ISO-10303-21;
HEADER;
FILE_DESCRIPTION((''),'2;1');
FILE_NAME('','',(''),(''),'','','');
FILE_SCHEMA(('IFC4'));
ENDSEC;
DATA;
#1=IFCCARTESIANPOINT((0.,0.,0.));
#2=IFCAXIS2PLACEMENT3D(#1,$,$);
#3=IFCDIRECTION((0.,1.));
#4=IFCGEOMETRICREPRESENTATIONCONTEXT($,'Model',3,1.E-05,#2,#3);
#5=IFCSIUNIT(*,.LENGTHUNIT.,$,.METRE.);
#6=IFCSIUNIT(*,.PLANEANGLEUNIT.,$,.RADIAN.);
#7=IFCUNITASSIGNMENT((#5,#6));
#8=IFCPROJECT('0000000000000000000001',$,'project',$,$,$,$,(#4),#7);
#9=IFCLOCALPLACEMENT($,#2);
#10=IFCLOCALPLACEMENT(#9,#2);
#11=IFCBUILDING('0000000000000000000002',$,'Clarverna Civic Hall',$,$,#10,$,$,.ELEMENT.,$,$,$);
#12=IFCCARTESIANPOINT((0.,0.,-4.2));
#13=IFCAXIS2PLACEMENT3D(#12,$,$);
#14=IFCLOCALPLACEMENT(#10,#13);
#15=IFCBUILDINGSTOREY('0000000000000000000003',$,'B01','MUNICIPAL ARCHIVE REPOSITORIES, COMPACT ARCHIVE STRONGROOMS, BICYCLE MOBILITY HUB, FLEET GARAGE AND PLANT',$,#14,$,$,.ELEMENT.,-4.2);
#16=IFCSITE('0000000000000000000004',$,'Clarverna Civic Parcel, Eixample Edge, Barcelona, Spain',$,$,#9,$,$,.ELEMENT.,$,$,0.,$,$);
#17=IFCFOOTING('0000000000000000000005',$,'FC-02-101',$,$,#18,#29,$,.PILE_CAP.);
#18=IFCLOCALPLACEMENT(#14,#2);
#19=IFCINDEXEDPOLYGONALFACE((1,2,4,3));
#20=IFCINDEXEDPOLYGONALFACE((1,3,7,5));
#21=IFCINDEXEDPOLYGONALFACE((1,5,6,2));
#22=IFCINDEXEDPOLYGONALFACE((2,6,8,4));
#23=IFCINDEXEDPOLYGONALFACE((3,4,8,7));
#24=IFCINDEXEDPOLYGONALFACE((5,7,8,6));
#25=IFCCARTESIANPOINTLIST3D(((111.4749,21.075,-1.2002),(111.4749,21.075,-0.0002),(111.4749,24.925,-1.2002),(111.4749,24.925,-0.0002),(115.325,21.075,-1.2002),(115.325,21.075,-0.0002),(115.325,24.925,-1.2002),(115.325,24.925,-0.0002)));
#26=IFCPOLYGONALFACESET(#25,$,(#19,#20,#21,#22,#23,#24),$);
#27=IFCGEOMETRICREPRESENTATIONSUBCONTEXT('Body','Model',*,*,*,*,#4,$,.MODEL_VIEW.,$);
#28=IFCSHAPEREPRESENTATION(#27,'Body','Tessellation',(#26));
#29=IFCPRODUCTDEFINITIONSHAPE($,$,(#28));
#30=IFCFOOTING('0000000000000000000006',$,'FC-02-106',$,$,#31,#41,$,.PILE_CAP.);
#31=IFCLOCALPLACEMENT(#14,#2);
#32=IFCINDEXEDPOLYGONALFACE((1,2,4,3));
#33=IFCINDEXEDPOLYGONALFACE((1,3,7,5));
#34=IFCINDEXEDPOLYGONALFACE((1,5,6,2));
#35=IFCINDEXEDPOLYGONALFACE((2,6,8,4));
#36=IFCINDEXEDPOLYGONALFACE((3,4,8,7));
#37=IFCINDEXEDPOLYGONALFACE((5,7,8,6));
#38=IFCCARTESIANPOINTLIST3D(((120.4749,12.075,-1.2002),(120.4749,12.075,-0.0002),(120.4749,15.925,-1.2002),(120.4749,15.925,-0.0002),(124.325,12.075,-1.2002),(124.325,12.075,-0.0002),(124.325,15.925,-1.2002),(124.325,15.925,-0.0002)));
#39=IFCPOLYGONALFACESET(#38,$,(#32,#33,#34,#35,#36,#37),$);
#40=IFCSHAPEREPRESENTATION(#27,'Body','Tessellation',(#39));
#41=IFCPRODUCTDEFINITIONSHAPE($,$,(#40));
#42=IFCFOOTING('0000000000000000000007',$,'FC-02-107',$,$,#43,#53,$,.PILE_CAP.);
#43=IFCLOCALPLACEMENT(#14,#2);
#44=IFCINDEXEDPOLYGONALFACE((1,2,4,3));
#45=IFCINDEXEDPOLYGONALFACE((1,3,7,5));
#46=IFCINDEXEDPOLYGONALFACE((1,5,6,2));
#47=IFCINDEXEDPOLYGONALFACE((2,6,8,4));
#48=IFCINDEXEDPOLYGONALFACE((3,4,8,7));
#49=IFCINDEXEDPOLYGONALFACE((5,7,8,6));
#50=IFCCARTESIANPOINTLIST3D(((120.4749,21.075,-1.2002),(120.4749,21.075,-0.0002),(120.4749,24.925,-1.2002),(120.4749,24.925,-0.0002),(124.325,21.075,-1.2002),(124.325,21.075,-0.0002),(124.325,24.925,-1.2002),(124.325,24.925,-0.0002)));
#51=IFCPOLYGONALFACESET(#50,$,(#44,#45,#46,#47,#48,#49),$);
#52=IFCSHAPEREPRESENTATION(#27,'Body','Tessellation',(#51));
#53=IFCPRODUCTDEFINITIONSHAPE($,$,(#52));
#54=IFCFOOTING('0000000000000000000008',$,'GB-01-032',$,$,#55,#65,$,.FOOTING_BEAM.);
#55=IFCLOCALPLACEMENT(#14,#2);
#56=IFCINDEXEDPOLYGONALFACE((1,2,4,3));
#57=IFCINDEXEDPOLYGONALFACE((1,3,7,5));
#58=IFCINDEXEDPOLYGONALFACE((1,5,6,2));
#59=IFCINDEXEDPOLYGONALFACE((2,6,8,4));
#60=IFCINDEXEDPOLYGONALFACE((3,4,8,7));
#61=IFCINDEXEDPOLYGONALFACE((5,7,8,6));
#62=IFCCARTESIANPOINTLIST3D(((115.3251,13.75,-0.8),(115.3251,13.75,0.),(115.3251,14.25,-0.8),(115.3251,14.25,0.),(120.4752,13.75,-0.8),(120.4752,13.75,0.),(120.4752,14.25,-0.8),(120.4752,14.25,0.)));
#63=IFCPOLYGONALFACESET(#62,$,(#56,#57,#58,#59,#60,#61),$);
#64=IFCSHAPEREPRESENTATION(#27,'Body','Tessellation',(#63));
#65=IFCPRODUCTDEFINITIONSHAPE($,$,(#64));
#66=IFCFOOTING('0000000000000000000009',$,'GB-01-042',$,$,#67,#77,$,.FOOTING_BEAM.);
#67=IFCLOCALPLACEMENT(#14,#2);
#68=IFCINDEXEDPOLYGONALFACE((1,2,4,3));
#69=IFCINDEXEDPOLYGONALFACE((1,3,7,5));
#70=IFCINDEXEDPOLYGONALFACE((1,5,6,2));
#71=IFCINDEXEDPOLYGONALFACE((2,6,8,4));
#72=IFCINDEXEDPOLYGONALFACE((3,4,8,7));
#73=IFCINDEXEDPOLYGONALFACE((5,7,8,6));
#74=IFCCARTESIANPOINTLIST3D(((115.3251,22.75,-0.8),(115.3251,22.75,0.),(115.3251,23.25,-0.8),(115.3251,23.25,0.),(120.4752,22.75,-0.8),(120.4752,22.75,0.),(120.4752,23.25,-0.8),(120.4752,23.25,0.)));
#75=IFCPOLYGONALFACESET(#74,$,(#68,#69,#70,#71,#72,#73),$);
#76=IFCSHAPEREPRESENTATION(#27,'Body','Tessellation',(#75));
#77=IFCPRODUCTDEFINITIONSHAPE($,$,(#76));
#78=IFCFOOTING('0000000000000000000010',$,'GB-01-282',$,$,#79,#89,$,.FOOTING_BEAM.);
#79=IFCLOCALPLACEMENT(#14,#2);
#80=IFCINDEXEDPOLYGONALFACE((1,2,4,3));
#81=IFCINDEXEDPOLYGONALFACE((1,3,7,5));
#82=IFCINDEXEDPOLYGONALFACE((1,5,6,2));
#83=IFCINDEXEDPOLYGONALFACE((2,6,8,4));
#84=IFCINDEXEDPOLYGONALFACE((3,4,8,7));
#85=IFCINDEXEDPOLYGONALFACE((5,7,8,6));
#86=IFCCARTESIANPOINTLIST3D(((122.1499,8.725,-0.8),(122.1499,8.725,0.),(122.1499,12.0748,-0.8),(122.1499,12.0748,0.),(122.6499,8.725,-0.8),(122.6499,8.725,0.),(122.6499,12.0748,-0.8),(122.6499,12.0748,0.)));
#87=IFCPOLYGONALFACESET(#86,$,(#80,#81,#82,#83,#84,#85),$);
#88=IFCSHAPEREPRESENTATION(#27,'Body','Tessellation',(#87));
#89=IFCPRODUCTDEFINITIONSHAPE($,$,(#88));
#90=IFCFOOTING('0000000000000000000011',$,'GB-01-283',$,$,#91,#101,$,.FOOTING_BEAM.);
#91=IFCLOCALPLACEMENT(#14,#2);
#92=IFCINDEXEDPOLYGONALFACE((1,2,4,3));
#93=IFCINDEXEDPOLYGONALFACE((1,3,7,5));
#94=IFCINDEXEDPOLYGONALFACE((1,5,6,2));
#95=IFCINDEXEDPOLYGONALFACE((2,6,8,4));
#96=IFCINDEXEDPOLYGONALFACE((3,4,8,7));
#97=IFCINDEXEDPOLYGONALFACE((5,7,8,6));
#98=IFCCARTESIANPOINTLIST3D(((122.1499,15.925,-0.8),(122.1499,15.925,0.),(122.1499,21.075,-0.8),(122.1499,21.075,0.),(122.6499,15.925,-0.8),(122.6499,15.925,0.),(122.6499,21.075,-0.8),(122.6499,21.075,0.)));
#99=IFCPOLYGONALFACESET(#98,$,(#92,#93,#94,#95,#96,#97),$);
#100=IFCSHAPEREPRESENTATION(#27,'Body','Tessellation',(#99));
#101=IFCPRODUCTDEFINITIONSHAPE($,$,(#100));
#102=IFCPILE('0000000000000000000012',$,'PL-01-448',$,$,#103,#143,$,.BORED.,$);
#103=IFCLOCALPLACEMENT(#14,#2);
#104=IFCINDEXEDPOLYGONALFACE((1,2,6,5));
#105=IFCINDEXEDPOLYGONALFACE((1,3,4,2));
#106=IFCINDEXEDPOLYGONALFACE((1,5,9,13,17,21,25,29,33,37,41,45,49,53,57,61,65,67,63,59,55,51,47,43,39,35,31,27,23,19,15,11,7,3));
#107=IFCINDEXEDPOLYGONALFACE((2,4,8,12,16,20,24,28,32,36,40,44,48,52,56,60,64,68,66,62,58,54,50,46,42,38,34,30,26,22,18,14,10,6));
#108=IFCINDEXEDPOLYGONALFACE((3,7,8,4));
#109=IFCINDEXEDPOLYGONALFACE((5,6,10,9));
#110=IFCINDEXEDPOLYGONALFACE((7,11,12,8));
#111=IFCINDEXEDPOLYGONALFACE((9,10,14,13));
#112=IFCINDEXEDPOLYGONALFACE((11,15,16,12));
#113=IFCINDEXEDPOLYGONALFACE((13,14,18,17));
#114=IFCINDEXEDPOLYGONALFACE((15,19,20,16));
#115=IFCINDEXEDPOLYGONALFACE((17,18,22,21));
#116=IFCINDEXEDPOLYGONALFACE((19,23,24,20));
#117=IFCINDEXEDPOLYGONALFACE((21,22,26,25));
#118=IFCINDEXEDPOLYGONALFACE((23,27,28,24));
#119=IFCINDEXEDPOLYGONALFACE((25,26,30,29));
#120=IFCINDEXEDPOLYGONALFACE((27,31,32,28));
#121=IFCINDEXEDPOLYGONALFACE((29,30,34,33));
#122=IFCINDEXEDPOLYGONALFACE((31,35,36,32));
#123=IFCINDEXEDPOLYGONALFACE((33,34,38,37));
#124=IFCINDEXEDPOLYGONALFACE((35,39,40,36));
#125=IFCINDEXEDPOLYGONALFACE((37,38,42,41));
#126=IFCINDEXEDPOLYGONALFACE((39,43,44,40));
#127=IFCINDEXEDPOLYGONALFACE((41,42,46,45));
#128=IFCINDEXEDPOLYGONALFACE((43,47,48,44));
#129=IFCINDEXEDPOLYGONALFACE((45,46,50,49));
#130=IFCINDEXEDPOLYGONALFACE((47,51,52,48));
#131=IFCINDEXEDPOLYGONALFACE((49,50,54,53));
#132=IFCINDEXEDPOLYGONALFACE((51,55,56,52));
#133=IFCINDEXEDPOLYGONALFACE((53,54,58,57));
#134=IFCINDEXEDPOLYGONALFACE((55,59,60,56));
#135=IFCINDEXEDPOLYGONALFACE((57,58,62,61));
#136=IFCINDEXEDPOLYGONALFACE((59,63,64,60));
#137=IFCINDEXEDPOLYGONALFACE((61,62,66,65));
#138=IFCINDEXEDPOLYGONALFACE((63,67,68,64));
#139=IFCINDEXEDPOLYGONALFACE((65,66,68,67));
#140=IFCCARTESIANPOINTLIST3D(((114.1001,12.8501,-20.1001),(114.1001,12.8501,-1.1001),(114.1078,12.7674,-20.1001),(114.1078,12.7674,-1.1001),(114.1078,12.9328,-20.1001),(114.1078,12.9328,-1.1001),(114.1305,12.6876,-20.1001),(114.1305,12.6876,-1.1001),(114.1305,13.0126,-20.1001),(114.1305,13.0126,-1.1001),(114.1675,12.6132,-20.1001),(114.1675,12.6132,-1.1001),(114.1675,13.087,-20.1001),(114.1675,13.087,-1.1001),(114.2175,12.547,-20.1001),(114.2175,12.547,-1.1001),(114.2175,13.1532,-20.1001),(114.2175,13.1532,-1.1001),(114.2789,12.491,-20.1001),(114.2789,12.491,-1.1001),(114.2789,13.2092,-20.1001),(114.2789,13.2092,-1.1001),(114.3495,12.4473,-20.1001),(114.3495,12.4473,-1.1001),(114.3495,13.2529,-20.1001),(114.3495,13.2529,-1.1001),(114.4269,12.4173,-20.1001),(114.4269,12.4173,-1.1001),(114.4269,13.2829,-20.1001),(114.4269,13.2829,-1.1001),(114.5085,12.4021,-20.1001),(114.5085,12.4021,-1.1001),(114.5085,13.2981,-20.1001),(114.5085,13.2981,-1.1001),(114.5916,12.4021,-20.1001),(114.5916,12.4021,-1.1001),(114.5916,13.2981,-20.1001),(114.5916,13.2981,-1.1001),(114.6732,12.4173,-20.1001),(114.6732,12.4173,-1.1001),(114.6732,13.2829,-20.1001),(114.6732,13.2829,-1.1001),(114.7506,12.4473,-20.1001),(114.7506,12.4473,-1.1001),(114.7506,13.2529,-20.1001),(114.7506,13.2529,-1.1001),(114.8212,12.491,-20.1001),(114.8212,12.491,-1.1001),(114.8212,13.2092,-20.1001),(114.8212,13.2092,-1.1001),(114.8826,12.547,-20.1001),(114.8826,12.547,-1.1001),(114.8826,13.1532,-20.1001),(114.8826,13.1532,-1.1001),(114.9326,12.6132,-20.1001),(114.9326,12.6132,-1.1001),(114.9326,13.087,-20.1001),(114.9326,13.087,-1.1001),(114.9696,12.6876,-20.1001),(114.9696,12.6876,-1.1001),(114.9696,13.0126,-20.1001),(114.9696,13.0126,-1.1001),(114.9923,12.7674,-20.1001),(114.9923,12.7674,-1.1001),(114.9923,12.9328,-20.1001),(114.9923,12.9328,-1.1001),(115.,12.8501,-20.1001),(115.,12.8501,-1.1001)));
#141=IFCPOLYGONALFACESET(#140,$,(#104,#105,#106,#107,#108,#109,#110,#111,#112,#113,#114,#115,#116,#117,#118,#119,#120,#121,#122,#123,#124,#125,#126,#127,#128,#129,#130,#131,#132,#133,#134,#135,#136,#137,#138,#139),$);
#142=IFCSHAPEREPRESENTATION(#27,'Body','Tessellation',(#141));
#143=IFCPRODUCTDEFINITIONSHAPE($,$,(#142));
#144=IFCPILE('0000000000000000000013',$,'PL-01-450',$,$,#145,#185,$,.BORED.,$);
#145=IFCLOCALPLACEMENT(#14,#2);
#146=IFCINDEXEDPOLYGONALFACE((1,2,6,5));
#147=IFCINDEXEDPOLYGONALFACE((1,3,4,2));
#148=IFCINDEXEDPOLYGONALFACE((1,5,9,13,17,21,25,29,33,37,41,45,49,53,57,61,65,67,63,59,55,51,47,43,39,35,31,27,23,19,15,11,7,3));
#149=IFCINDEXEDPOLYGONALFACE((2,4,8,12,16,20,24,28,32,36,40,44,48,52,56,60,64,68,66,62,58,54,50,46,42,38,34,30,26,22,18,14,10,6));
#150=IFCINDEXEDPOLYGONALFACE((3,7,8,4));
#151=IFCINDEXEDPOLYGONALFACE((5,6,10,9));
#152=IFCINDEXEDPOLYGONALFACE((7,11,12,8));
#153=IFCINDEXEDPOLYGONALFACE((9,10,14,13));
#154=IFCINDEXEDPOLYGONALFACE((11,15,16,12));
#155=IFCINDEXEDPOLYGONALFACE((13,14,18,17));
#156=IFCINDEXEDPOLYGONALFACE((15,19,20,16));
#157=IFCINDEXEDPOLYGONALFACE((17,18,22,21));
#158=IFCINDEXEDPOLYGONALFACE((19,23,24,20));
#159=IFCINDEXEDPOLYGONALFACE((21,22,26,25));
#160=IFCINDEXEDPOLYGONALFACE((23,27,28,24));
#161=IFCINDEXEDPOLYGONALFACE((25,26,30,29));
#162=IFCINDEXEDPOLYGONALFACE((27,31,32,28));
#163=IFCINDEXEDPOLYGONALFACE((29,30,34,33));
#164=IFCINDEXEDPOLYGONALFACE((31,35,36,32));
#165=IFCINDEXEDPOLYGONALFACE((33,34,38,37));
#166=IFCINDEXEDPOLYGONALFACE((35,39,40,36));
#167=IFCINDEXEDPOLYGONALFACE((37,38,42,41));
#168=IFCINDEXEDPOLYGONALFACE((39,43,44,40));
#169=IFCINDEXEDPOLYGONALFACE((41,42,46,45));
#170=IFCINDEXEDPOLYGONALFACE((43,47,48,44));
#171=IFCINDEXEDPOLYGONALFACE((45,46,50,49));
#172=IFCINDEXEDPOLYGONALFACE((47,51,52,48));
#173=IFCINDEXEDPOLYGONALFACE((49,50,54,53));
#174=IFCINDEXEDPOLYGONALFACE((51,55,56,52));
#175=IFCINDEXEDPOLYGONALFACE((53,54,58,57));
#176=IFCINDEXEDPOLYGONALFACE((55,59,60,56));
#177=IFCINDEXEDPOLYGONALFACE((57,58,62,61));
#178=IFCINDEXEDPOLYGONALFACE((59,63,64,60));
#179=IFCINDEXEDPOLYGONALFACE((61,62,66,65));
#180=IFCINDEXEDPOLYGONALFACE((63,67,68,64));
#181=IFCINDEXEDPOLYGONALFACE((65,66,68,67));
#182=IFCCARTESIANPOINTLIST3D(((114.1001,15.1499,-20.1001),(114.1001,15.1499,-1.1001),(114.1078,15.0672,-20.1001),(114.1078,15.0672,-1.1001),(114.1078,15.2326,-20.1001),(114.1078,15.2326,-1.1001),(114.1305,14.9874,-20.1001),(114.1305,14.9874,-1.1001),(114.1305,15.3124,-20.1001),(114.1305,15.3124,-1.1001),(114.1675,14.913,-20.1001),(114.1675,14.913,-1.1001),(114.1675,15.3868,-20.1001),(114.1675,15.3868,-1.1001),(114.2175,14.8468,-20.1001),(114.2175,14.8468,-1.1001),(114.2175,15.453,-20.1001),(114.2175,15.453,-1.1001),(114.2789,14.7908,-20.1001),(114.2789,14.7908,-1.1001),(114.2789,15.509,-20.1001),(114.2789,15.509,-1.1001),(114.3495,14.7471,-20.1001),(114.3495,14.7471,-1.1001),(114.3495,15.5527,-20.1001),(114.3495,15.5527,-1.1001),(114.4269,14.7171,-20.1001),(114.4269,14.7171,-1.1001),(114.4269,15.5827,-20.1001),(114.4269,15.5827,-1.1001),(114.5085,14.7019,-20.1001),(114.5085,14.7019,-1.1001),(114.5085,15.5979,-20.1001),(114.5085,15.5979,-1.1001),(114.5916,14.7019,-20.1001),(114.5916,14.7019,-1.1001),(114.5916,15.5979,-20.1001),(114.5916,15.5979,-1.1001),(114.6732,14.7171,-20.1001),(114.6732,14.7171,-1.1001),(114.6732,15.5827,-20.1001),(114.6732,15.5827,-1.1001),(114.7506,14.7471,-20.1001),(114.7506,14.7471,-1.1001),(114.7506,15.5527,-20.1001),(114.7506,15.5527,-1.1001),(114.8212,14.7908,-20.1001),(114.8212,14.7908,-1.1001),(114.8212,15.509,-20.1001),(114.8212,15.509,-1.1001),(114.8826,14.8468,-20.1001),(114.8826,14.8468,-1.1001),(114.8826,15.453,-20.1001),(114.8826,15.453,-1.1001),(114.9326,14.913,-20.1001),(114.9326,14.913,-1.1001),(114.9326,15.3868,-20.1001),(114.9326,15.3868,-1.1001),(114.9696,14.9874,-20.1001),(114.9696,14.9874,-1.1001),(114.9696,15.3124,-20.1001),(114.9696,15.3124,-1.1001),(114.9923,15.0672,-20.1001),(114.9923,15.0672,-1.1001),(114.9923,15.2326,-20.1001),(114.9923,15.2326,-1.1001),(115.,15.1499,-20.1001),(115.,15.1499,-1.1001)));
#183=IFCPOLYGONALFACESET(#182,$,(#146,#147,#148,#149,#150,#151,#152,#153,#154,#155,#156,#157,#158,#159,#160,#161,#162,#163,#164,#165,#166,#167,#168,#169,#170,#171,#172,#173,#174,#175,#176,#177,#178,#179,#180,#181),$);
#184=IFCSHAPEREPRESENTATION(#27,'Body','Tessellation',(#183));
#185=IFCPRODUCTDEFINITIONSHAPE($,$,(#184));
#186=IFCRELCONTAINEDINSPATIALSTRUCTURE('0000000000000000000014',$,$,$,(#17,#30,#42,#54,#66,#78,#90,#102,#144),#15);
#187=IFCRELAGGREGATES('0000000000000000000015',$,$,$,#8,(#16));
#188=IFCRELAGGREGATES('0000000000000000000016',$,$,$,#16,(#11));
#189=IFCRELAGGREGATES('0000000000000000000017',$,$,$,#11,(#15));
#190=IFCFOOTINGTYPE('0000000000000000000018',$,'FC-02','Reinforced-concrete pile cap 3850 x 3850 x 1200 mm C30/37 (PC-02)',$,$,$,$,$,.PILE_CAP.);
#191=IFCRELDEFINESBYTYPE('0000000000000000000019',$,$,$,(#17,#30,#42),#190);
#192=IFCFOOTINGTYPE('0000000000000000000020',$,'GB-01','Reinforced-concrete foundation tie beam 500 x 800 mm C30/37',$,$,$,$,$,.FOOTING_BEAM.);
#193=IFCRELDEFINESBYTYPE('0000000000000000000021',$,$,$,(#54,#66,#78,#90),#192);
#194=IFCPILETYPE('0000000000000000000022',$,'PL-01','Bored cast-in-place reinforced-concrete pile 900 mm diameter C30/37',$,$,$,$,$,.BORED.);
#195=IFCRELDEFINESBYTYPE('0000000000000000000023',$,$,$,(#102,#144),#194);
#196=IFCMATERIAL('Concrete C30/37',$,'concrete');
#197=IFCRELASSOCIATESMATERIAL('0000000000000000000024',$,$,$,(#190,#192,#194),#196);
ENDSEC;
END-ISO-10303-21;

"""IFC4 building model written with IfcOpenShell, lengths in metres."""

from ifc_helpers import new_model, si_unit, direction, frame, frame_2d, origin, origin_2d, place, context, subcontext, project, spatial, rectangle, circle, extrude, material, material_profile, profile_set, type_object, element, save


model = new_model("IFC4")

# Units and contexts
model_context = context("Model", 3, precision=1e-05, world=origin(), true_north=direction((0.0, 1.0)))
body_context = subcontext(model_context, "Body", "Model", "MODEL_VIEW")
ifc_project = project(units=[si_unit("LENGTHUNIT", "METRE"), si_unit("PLANEANGLEUNIT", "RADIAN")], contexts=[model_context])

# Site, building, storey
site_placement = place(None, origin())
site = spatial("IfcSite", under=ifc_project, at=site_placement, Name="Clarverna Civic Parcel, Eixample Edge, Barcelona, Spain", CompositionType="ELEMENT", RefElevation=0.0)
building_placement = place(site_placement, origin())
building = spatial("IfcBuilding", under=site, at=building_placement, Name="Clarverna Civic Hall", CompositionType="ELEMENT")
storey_placement = place(building_placement, frame((0.0, 0.0, -4.2)))
storey = spatial("IfcBuildingStorey", under=building, at=storey_placement, Name="B01", Description="MUNICIPAL ARCHIVE REPOSITORIES, COMPACT ARCHIVE STRONGROOMS, BICYCLE MOBILITY HUB, FLEET GARAGE AND PLANT", CompositionType="ELEMENT", Elevation=-4.2)

# Footings
ifc_material_1 = material(Name="Concrete C30/37", Category="concrete")
footing_type_1 = type_object("IfcFootingType", Name="FC-02", Description="Reinforced-concrete pile cap 3850 x 3850 x 1200 mm C30/37 (PC-02)", PredefinedType="PILE_CAP", material=ifc_material_1)
for number, where, z_axis, x_axis, name in (
    (1, (113.3999, 23.0, -1.2002), (0.0, 0.0, 1.0), (1.0, 0.0, 0.0), "FC-02-101"),
    (2, (122.3999, 14.0, -1.2002), (0.0, 0.0, 1.0), (1.0, 0.0, 0.0), "FC-02-106"),
    (3, (122.3999, 23.0, -1.2002), (0.0, 0.0, 1.0), (1.0, 0.0, 0.0), "FC-02-107"),
):
    element("IfcFooting", number, at=place(storey_placement, frame(where, z_axis=z_axis, x_axis=x_axis)), inside=storey, type_object=footing_type_1, Name=name, PredefinedType="PILE_CAP", context=body_context, shape_type="SweptSolid", body=[
        extrude(rectangle(XDim=3.8501, YDim=3.8501, at=origin_2d()), origin(), (0.0, 0.0, 1.0), 1.2),
    ])
footing_type_2 = type_object("IfcFootingType", Name="GB-01", Description="Reinforced-concrete foundation tie beam 500 x 800 mm C30/37", PredefinedType="FOOTING_BEAM", material=ifc_material_1)
for number, where, z_axis, x_axis, name in (
    (4, (115.325, 14.0, -0.8), (0.0, 0.0, 1.0), (1.0, 0.0, 0.0), "GB-01-032"),
    (5, (115.325, 23.0, -0.8), (0.0, 0.0, 1.0), (1.0, 0.0, 0.0), "GB-01-042"),
):
    element("IfcFooting", number, at=place(storey_placement, frame(where, z_axis=z_axis, x_axis=x_axis)), inside=storey, type_object=footing_type_2, Name=name, PredefinedType="FOOTING_BEAM", context=body_context, shape_type="SweptSolid", body=[
        extrude(rectangle(XDim=5.1501, YDim=0.5, at=frame_2d((2.5752, 0.0))), origin(), (0.0, 0.0, 1.0), 0.8),
    ])
footing_1_placement = place(storey_placement, frame((122.3999, 8.7251, -0.8), z_axis=(0.0, 0.0, 1.0), x_axis=(0.0, 1.0, 0.0)))
element("IfcFooting", 6, at=footing_1_placement, inside=storey, type_object=footing_type_2, Name="GB-01-282", PredefinedType="FOOTING_BEAM", context=body_context, shape_type="SweptSolid", body=[
    extrude(rectangle(XDim=3.3499, YDim=0.5, at=frame_2d((1.6748, 0.0))), origin(), (0.0, 0.0, 1.0), 0.8),
])
footing_2_placement = place(storey_placement, frame((122.3999, 15.925, -0.8), z_axis=(0.0, 0.0, 1.0), x_axis=(0.0, 1.0, 0.0)))
element("IfcFooting", 7, at=footing_2_placement, inside=storey, type_object=footing_type_2, Name="GB-01-283", PredefinedType="FOOTING_BEAM", context=body_context, shape_type="SweptSolid", body=[
    extrude(rectangle(XDim=5.1499, YDim=0.5, at=frame_2d((2.575, 0.0))), origin(), (0.0, 0.0, 1.0), 0.8),
])

# Piles
ifc_material_profile_1 = material_profile(ifc_material_1, circle(Radius=0.45, at=origin_2d()), Name="BORED PILE D900")
ifc_profile_set_1 = profile_set([ifc_material_profile_1], Name="Concrete C30/37")
pile_type = type_object("IfcPileType", Name="PL-01", Description="Bored cast-in-place reinforced-concrete pile 900 mm diameter C30/37", PredefinedType="BORED", material=ifc_profile_set_1)
for number, where, z_axis, x_axis, name in (
    (8, (114.55, 12.8501, -1.1001), (0.0, 0.0, -1.0), (1.0, 0.0, 0.0), "PL-01-448"),
    (9, (114.55, 15.1499, -1.1001), (0.0, 0.0, -1.0), (1.0, 0.0, 0.0), "PL-01-450"),
):
    element("IfcPile", number, at=place(storey_placement, frame(where, z_axis=z_axis, x_axis=x_axis)), inside=storey, type_object=pile_type, Name=name, PredefinedType="BORED", context=body_context, shape_type="SweptSolid", body=[
        extrude(circle(Radius=0.45, at=origin_2d()), origin(), (0.0, 0.0, 1.0), 19.0),
    ])

save(model, "model.ifc")
